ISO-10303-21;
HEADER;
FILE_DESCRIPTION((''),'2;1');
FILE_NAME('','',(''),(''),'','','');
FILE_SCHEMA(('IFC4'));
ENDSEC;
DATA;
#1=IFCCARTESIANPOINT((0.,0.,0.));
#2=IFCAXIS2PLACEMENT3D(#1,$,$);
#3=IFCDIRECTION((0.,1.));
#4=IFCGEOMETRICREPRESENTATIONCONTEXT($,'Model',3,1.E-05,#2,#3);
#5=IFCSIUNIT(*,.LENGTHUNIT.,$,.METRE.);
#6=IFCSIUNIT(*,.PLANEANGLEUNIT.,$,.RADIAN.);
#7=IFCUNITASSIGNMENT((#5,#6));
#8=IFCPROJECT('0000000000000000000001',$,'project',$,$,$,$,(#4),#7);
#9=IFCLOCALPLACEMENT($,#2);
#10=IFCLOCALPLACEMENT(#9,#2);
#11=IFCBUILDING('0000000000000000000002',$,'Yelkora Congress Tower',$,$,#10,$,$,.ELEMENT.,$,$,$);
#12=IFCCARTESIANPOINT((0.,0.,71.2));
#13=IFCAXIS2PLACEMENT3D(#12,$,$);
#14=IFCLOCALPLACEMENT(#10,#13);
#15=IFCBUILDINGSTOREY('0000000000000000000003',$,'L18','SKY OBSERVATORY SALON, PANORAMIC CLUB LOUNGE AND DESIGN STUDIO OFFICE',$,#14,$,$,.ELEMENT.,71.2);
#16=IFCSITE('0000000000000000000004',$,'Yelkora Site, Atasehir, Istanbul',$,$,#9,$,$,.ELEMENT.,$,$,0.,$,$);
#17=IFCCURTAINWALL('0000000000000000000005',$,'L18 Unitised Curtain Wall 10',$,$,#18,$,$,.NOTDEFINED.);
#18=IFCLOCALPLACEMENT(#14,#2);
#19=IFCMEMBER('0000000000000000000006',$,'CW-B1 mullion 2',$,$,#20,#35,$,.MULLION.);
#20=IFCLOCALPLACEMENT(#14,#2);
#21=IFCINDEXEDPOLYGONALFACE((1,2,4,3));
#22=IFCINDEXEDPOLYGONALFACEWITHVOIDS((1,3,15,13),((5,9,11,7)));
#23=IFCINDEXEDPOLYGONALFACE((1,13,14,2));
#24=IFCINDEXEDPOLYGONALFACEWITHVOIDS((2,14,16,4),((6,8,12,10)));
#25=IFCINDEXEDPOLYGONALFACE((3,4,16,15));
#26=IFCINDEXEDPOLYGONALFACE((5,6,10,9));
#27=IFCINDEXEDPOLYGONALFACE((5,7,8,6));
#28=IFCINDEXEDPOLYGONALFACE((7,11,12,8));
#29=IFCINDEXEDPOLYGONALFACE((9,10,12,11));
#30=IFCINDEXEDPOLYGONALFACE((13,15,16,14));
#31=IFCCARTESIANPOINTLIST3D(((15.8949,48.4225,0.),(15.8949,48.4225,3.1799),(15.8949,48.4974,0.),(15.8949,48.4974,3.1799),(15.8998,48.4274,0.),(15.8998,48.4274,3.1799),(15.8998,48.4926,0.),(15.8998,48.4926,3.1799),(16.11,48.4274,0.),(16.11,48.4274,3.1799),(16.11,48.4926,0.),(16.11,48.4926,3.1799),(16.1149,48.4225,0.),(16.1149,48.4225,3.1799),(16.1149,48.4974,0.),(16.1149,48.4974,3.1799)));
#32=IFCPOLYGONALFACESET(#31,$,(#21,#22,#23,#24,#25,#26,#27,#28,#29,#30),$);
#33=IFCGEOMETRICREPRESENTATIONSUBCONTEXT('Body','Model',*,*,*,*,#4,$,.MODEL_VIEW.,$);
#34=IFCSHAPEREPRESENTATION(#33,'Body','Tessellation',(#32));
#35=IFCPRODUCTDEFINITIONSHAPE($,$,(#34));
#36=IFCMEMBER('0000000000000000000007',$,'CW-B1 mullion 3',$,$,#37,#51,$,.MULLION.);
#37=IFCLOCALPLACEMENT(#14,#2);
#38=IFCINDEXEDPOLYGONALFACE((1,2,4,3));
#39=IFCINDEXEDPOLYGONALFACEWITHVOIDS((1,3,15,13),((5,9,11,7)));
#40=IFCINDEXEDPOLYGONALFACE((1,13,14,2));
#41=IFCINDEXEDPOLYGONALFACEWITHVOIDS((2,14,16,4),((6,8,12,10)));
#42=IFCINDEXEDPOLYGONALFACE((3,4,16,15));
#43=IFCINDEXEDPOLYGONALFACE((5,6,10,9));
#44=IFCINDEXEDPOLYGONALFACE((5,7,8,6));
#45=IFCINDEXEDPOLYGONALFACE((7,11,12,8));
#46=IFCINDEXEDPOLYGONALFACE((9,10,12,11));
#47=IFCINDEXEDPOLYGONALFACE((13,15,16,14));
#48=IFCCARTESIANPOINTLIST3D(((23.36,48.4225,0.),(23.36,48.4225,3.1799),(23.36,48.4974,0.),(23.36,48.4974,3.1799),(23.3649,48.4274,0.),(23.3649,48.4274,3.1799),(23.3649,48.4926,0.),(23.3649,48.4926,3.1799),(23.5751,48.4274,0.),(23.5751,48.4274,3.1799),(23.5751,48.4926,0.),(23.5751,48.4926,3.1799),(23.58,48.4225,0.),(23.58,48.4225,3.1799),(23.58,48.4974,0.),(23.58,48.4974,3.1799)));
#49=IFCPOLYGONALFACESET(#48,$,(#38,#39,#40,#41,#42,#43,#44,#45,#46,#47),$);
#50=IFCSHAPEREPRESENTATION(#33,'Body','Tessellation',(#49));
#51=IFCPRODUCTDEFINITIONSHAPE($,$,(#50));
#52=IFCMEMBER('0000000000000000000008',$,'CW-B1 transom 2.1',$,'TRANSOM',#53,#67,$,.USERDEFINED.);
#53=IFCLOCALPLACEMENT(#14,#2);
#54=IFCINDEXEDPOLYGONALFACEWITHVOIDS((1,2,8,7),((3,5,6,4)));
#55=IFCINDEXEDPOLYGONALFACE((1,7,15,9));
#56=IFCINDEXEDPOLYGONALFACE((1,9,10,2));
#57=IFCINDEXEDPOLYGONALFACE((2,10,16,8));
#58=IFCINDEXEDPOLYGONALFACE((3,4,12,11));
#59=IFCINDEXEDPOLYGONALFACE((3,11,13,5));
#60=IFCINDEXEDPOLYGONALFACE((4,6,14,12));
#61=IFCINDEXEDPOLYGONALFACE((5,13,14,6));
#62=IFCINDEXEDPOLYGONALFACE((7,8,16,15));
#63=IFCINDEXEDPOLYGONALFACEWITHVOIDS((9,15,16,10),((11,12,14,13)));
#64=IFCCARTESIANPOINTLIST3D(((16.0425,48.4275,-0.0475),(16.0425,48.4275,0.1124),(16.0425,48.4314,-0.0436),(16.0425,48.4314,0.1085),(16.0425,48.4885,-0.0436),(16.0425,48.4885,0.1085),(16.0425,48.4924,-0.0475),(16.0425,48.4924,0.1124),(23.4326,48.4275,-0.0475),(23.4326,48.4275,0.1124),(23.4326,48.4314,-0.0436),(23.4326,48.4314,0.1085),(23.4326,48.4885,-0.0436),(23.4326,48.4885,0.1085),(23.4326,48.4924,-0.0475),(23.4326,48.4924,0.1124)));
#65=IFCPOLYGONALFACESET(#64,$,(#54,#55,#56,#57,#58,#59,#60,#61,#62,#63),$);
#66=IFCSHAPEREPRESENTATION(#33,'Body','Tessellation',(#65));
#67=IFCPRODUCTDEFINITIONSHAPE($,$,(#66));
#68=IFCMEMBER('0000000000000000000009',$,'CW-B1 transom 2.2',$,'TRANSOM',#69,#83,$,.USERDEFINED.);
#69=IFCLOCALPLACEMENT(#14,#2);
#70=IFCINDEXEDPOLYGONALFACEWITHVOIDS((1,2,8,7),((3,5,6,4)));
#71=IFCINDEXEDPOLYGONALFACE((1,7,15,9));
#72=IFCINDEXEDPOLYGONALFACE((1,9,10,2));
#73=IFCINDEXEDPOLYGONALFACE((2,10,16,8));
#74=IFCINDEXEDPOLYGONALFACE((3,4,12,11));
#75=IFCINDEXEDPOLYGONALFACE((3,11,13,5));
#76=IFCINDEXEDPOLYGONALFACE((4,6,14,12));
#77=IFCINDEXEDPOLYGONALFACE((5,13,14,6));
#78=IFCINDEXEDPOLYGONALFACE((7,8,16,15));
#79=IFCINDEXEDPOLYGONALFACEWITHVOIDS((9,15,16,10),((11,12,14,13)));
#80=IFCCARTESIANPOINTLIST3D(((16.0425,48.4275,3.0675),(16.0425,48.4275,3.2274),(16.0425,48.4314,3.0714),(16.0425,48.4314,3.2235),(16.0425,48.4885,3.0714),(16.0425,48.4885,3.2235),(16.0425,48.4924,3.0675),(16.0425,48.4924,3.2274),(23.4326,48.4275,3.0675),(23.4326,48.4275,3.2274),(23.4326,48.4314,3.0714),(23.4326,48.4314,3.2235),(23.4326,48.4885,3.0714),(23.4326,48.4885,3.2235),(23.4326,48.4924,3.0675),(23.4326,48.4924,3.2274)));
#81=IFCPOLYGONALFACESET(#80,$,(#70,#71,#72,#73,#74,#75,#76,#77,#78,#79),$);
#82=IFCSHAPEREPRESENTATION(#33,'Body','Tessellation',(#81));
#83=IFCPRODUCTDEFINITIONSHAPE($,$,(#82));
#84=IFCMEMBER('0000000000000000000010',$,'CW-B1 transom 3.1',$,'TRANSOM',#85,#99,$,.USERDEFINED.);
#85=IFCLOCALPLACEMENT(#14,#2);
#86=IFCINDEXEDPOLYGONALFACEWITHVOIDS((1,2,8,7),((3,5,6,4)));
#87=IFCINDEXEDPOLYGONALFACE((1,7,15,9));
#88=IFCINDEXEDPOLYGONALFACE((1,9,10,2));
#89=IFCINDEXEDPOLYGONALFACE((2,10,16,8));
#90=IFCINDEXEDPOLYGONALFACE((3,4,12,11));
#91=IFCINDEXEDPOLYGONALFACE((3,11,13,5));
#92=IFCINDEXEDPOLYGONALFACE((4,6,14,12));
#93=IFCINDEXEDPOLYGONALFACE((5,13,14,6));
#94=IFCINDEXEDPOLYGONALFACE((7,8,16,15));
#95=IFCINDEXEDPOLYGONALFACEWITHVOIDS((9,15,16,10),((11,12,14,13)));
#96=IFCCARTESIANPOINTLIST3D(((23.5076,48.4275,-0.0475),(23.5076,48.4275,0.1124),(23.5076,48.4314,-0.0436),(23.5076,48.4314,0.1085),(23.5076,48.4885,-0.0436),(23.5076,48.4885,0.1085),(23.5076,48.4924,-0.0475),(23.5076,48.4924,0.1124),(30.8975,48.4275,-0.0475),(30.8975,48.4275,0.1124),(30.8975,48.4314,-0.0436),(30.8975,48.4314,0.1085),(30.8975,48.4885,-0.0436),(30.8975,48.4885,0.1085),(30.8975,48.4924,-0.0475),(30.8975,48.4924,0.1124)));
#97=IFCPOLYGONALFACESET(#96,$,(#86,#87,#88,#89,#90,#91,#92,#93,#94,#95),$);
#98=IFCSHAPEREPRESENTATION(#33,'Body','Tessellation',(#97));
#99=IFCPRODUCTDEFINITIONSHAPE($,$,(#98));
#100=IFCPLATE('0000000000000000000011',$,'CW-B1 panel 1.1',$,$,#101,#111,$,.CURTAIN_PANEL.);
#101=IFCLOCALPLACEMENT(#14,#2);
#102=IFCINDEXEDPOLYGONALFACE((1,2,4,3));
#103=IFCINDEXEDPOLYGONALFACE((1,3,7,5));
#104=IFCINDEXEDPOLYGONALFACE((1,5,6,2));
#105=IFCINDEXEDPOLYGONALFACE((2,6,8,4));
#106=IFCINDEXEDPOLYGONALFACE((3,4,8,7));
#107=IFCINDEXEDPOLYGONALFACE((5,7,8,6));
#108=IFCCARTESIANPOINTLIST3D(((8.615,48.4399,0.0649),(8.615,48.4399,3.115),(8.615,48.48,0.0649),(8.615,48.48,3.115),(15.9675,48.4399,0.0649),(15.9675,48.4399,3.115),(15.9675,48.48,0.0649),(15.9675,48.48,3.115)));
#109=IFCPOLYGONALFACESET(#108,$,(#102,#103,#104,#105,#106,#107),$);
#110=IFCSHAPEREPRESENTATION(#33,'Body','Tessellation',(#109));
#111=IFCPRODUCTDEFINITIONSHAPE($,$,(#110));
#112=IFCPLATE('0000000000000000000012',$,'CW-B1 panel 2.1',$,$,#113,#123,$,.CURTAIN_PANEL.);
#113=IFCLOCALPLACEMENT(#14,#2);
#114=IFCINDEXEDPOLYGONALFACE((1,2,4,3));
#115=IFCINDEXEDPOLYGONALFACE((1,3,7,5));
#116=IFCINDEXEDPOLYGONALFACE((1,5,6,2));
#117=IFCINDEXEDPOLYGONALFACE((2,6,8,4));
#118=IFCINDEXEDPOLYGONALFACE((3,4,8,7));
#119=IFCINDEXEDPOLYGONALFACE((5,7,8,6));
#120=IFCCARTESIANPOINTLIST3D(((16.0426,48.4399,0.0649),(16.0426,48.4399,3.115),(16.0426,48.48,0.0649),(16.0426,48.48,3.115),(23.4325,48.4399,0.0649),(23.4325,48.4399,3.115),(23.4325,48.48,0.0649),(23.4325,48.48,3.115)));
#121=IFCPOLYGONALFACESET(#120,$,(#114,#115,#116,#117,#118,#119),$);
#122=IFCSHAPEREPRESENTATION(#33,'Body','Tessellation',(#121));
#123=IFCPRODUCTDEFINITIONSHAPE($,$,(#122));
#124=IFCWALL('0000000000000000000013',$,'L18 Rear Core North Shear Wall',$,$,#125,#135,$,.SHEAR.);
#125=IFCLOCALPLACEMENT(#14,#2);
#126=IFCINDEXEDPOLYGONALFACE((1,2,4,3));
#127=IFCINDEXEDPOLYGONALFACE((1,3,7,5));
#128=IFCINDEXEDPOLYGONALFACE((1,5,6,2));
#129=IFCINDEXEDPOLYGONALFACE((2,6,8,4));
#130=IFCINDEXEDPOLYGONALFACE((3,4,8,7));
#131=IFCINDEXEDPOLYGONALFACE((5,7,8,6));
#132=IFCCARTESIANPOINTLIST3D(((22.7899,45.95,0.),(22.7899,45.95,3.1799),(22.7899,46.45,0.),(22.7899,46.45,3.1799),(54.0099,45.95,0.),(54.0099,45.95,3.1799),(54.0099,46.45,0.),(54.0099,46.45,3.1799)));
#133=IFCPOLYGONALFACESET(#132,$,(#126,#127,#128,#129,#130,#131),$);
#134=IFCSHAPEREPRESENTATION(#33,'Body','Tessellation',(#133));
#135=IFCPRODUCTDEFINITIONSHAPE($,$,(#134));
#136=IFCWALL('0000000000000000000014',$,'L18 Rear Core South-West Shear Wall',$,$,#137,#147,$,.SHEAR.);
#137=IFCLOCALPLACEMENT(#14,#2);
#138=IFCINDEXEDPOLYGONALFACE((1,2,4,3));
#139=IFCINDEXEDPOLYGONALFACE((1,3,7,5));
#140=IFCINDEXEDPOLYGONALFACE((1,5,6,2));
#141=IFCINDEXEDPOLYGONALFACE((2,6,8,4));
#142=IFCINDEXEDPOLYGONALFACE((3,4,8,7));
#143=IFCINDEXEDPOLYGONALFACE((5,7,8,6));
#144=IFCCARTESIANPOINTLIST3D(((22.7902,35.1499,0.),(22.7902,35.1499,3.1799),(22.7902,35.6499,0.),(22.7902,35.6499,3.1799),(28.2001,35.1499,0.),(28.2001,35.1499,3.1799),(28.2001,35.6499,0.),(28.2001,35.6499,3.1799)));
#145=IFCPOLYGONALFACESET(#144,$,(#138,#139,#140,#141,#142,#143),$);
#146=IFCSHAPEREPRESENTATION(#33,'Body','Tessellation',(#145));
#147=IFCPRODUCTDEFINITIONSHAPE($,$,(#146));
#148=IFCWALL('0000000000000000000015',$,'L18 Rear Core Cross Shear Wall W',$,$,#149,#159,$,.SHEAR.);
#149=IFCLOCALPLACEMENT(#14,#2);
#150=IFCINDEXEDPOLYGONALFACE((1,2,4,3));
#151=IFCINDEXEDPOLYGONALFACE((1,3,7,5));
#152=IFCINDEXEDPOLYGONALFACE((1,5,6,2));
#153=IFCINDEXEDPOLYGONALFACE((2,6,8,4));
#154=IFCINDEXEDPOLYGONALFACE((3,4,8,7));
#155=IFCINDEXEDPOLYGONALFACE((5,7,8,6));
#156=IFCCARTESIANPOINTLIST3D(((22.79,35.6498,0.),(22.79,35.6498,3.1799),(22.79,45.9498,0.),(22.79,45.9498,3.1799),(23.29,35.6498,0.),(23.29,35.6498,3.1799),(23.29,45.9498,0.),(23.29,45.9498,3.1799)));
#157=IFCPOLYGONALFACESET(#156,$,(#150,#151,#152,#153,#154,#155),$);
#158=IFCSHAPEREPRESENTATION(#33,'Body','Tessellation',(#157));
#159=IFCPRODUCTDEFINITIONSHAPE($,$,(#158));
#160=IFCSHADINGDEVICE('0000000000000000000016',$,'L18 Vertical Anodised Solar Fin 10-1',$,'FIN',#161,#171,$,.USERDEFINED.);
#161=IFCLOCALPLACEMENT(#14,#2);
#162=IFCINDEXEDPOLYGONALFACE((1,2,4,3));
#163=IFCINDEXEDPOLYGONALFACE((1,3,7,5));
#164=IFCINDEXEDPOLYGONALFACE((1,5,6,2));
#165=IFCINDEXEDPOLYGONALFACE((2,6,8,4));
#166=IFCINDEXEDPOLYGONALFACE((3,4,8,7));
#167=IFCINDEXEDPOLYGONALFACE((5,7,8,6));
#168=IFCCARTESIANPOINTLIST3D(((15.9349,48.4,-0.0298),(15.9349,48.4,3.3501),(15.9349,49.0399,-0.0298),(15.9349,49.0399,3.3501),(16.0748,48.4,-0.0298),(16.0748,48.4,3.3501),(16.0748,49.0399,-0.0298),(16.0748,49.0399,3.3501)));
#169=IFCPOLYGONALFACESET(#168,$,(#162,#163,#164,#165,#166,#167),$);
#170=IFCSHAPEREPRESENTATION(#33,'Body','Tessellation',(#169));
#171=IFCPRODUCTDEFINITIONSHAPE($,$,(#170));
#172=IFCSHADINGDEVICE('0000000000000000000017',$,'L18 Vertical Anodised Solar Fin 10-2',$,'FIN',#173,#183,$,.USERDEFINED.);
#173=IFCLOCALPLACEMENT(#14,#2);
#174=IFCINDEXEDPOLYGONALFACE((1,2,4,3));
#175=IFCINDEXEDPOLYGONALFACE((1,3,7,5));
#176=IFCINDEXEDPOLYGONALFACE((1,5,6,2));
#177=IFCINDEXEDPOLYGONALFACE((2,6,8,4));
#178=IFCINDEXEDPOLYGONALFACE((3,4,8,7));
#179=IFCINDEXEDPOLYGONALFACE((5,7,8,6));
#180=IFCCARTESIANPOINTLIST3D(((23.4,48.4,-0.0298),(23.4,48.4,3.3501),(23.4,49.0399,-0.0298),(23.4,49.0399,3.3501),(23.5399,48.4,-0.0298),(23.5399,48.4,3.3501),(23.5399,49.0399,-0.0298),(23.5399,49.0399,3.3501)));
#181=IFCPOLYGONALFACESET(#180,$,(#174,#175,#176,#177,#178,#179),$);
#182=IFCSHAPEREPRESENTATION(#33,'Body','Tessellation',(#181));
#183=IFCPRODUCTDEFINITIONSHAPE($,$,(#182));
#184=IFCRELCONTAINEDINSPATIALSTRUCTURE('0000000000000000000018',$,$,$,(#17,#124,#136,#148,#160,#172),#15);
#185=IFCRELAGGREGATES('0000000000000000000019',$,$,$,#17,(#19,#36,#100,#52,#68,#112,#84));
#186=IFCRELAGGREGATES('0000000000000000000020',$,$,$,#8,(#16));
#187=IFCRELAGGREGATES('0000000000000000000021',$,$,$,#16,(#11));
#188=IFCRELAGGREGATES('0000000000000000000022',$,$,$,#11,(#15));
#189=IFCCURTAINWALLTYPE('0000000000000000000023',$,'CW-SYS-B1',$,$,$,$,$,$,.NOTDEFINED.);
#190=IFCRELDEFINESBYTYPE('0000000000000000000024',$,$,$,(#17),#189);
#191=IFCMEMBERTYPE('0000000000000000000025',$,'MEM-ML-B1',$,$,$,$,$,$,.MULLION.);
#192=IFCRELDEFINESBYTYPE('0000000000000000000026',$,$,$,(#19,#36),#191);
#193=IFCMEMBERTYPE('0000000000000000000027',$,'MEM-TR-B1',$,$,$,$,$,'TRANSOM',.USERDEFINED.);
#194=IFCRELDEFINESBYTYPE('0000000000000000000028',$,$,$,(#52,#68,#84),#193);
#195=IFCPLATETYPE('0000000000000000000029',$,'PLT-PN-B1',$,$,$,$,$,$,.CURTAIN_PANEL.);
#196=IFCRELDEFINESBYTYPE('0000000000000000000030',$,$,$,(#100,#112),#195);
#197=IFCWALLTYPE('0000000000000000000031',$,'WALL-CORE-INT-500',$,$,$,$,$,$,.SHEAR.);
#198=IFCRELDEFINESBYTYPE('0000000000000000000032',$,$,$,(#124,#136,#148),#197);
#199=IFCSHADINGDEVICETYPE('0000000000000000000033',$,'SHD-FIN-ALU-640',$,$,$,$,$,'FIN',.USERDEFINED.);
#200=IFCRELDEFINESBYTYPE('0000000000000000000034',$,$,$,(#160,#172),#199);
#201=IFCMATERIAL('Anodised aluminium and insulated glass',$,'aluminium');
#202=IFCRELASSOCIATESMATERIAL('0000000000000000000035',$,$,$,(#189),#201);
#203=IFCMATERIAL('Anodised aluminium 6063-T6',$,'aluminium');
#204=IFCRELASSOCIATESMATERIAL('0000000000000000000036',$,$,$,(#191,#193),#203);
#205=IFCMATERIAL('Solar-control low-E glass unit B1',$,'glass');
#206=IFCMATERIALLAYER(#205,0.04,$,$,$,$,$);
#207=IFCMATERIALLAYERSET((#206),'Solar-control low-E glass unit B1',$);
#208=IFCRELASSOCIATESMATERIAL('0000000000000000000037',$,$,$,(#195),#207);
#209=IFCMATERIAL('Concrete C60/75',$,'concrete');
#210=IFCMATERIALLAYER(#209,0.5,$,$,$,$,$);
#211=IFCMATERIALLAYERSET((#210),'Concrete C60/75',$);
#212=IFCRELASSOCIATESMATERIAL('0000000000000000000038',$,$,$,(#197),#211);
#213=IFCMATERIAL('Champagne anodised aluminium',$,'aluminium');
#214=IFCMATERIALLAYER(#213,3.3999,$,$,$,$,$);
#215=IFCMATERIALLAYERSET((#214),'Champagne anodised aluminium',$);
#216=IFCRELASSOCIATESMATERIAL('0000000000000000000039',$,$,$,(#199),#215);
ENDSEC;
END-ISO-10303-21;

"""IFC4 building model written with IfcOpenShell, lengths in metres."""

from ifc_helpers import new_model, si_unit, direction, frame, frame_2d, origin, origin_2d, place, context, subcontext, project, spatial, rectangle, hollow_rectangle, extrude, material, layer, layer_set, material_profile, profile_set, type_object, element, aggregate, save


model = new_model("IFC4")

# Units and contexts
model_context = context("Model", 3, precision=1e-05, world=origin(), true_north=direction((0.0, 1.0)))
body_context = subcontext(model_context, "Body", "Model", "MODEL_VIEW")
ifc_project = project(units=[si_unit("LENGTHUNIT", "METRE"), si_unit("PLANEANGLEUNIT", "RADIAN")], contexts=[model_context])

# Site, building, storey
site_placement = place(None, origin())
site = spatial("IfcSite", under=ifc_project, at=site_placement, Name="Yelkora Site, Atasehir, Istanbul", CompositionType="ELEMENT", RefElevation=0.0)
building_placement = place(site_placement, origin())
building = spatial("IfcBuilding", under=site, at=building_placement, Name="Yelkora Congress Tower", CompositionType="ELEMENT")
storey_placement = place(building_placement, frame((0.0, 0.0, 71.2)))
storey = spatial("IfcBuildingStorey", under=building, at=storey_placement, Name="L18", Description="SKY OBSERVATORY SALON, PANORAMIC CLUB LOUNGE AND DESIGN STUDIO OFFICE", CompositionType="ELEMENT", Elevation=71.2)

# Shared definitions
ifc_material_1 = material(Name="Concrete C60/75", Category="concrete")

# Curtain wall, members, plates
ifc_material_2 = material(Name="Anodised aluminium and insulated glass", Category="aluminium")
curtain_wall_type = type_object("IfcCurtainWallType", Name="CW-SYS-B1", PredefinedType="NOTDEFINED", material=ifc_material_2)
curtain_wall_placement = place(storey_placement, origin())
curtain_wall = element("IfcCurtainWall", 1, at=curtain_wall_placement, inside=storey, type_object=curtain_wall_type, Name="L18 Unitised Curtain Wall 10", PredefinedType="NOTDEFINED")
ifc_material_3 = material(Name="Anodised aluminium 6063-T6", Category="aluminium")
ifc_material_profile_1 = material_profile(ifc_material_3, hollow_rectangle(XDim=0.075, YDim=0.22, WallThickness=0.0049, at=origin_2d()), Name="ALU 75x220x5")
ifc_profile_set_1 = profile_set([ifc_material_profile_1], Name="Anodised aluminium 6063-T6")
member_type_1 = type_object("IfcMemberType", Name="MEM-ML-B1", PredefinedType="MULLION", material=ifc_profile_set_1)
member_1_placement = place(storey_placement, frame((16.0049, 48.46, 0.0), z_axis=(0.0, 0.0, 1.0), x_axis=(0.0, 1.0, 0.0)))
member_1 = element("IfcMember", 2, at=member_1_placement, type_object=member_type_1, Name="CW-B1 mullion 2", PredefinedType="MULLION", context=body_context, shape_type="SweptSolid", body=[
    extrude(hollow_rectangle(XDim=0.075, YDim=0.22, WallThickness=0.0049, at=origin_2d()), origin(), (0.0, 0.0, 1.0), 3.1799),
])
member_2_placement = place(storey_placement, frame((23.47, 48.46, 0.0), z_axis=(0.0, 0.0, 1.0), x_axis=(0.0, 1.0, 0.0)))
member_2 = element("IfcMember", 3, at=member_2_placement, type_object=member_type_1, Name="CW-B1 mullion 3", PredefinedType="MULLION", context=body_context, shape_type="SweptSolid", body=[
    extrude(hollow_rectangle(XDim=0.075, YDim=0.22, WallThickness=0.0049, at=origin_2d()), origin(), (0.0, 0.0, 1.0), 3.1799),
])
ifc_material_profile_2 = material_profile(ifc_material_3, hollow_rectangle(XDim=0.0649, YDim=0.1599, WallThickness=0.0039, at=origin_2d()), Name="ALU 65x160x4")
ifc_profile_set_2 = profile_set([ifc_material_profile_2], Name="Anodised aluminium 6063-T6")
member_type_2 = type_object("IfcMemberType", Name="MEM-TR-B1", ElementType="TRANSOM", PredefinedType="USERDEFINED", material=ifc_profile_set_2)
member_3_placement = place(storey_placement, frame((16.0425, 48.46, 0.0325), z_axis=(1.0, 0.0, 0.0), x_axis=(0.0, 1.0, 0.0)))
member_3 = element("IfcMember", 4, at=member_3_placement, type_object=member_type_2, Name="CW-B1 transom 2.1", ObjectType="TRANSOM", PredefinedType="USERDEFINED", context=body_context, shape_type="SweptSolid", body=[
    extrude(hollow_rectangle(XDim=0.0649, YDim=0.1599, WallThickness=0.0039, at=origin_2d()), origin(), (0.0, 0.0, 1.0), 7.3901),
])
member_4_placement = place(storey_placement, frame((16.0425, 48.46, 3.1475), z_axis=(1.0, 0.0, 0.0), x_axis=(0.0, 1.0, 0.0)))
member_4 = element("IfcMember", 5, at=member_4_placement, type_object=member_type_2, Name="CW-B1 transom 2.2", ObjectType="TRANSOM", PredefinedType="USERDEFINED", context=body_context, shape_type="SweptSolid", body=[
    extrude(hollow_rectangle(XDim=0.0649, YDim=0.1599, WallThickness=0.0039, at=origin_2d()), origin(), (0.0, 0.0, 1.0), 7.3901),
])
member_5_placement = place(storey_placement, frame((23.5076, 48.46, 0.0325), z_axis=(1.0, 0.0, 0.0), x_axis=(0.0, 1.0, 0.0)))
member_5 = element("IfcMember", 6, at=member_5_placement, type_object=member_type_2, Name="CW-B1 transom 3.1", ObjectType="TRANSOM", PredefinedType="USERDEFINED", context=body_context, shape_type="SweptSolid", body=[
    extrude(hollow_rectangle(XDim=0.0649, YDim=0.1599, WallThickness=0.0039, at=origin_2d()), origin(), (0.0, 0.0, 1.0), 7.3899),
])
ifc_material_4 = material(Name="Solar-control low-E glass unit B1", Category="glass")
ifc_layer_1 = layer(ifc_material_4, 0.04)
ifc_layer_set_1 = layer_set([ifc_layer_1], Name="Solar-control low-E glass unit B1")
plate_type = type_object("IfcPlateType", Name="PLT-PN-B1", PredefinedType="CURTAIN_PANEL", material=ifc_layer_set_1)
plate_1_placement = place(storey_placement, frame((12.2913, 48.46, 0.0649), z_axis=(0.0, 0.0, 1.0), x_axis=(1.0, 0.0, 0.0)))
plate_1 = element("IfcPlate", 7, at=plate_1_placement, type_object=plate_type, Name="CW-B1 panel 1.1", PredefinedType="CURTAIN_PANEL", context=body_context, shape_type="SweptSolid", body=[
    extrude(rectangle(XDim=7.3525, YDim=0.04, at=origin_2d()), origin(), (0.0, 0.0, 1.0), 3.05),
])
plate_2_placement = place(storey_placement, frame((19.7375, 48.46, 0.0649), z_axis=(0.0, 0.0, 1.0), x_axis=(1.0, 0.0, 0.0)))
plate_2 = element("IfcPlate", 8, at=plate_2_placement, type_object=plate_type, Name="CW-B1 panel 2.1", PredefinedType="CURTAIN_PANEL", context=body_context, shape_type="SweptSolid", body=[
    extrude(rectangle(XDim=7.3899, YDim=0.04, at=origin_2d()), origin(), (0.0, 0.0, 1.0), 3.05),
])
aggregate(curtain_wall, [member_1, member_2, plate_1, member_3, member_4, plate_2, member_5])

# Walls
ifc_layer_2 = layer(ifc_material_1, 0.5)
ifc_layer_set_2 = layer_set([ifc_layer_2], Name="Concrete C60/75")
wall_type_1 = type_object("IfcWallType", Name="WALL-CORE-INT-500", PredefinedType="SHEAR", material=ifc_layer_set_2)
wall_1_placement = place(storey_placement, frame((22.79, 46.2, 0.0), z_axis=(0.0, 0.0, 1.0), x_axis=(1.0, 0.0, 0.0)))
element("IfcWall", 9, at=wall_1_placement, inside=storey, type_object=wall_type_1, Name="L18 Rear Core North Shear Wall", PredefinedType="SHEAR", context=body_context, shape_type="SweptSolid", body=[
    extrude(rectangle(XDim=31.22, YDim=0.5, at=frame_2d((15.6099, 0.0))), origin(), (0.0, 0.0, 1.0), 3.1799),
])
wall_2_placement = place(storey_placement, frame((22.79, 35.3999, 0.0), z_axis=(0.0, 0.0, 1.0), x_axis=(1.0, 0.0, 0.0)))
element("IfcWall", 10, at=wall_2_placement, inside=storey, type_object=wall_type_1, Name="L18 Rear Core South-West Shear Wall", PredefinedType="SHEAR", context=body_context, shape_type="SweptSolid", body=[
    extrude(rectangle(XDim=5.4099, YDim=0.5, at=frame_2d((2.7051, 0.0))), origin(), (0.0, 0.0, 1.0), 3.1799),
])
wall_3_placement = place(storey_placement, frame((23.04, 35.6499, 0.0), z_axis=(0.0, 0.0, 1.0), x_axis=(0.0, 1.0, 0.0)))
element("IfcWall", 11, at=wall_3_placement, inside=storey, type_object=wall_type_1, Name="L18 Rear Core Cross Shear Wall W", PredefinedType="SHEAR", context=body_context, shape_type="SweptSolid", body=[
    extrude(rectangle(XDim=10.3, YDim=0.5, at=frame_2d((5.1499, 0.0))), origin(), (0.0, 0.0, 1.0), 3.1799),
])

# Shading devices
ifc_material_5 = material(Name="Champagne anodised aluminium", Category="aluminium")
ifc_layer_3 = layer(ifc_material_5, 3.3999)
ifc_layer_set_3 = layer_set([ifc_layer_3], Name="Champagne anodised aluminium")
shading_device_type = type_object("IfcShadingDeviceType", Name="SHD-FIN-ALU-640", ElementType="FIN", PredefinedType="USERDEFINED", material=ifc_layer_set_3)
for number, where, z_axis, x_axis, name in (
    (12, (16.0049, 48.72, -0.0298), (0.0, 0.0, 1.0), (1.0, 0.0, 0.0), "L18 Vertical Anodised Solar Fin 10-1"),
    (13, (23.47, 48.72, -0.0298), (0.0, 0.0, 1.0), (1.0, 0.0, 0.0), "L18 Vertical Anodised Solar Fin 10-2"),
):
    element("IfcShadingDevice", number, at=place(storey_placement, frame(where, z_axis=z_axis, x_axis=x_axis)), inside=storey, type_object=shading_device_type, Name=name, ObjectType="FIN", PredefinedType="USERDEFINED", context=body_context, shape_type="SweptSolid", body=[
        extrude(rectangle(XDim=0.1399, YDim=0.6399, at=origin_2d()), origin(), (0.0, 0.0, 1.0), 3.3799),
    ])

save(model, "model.ifc")
